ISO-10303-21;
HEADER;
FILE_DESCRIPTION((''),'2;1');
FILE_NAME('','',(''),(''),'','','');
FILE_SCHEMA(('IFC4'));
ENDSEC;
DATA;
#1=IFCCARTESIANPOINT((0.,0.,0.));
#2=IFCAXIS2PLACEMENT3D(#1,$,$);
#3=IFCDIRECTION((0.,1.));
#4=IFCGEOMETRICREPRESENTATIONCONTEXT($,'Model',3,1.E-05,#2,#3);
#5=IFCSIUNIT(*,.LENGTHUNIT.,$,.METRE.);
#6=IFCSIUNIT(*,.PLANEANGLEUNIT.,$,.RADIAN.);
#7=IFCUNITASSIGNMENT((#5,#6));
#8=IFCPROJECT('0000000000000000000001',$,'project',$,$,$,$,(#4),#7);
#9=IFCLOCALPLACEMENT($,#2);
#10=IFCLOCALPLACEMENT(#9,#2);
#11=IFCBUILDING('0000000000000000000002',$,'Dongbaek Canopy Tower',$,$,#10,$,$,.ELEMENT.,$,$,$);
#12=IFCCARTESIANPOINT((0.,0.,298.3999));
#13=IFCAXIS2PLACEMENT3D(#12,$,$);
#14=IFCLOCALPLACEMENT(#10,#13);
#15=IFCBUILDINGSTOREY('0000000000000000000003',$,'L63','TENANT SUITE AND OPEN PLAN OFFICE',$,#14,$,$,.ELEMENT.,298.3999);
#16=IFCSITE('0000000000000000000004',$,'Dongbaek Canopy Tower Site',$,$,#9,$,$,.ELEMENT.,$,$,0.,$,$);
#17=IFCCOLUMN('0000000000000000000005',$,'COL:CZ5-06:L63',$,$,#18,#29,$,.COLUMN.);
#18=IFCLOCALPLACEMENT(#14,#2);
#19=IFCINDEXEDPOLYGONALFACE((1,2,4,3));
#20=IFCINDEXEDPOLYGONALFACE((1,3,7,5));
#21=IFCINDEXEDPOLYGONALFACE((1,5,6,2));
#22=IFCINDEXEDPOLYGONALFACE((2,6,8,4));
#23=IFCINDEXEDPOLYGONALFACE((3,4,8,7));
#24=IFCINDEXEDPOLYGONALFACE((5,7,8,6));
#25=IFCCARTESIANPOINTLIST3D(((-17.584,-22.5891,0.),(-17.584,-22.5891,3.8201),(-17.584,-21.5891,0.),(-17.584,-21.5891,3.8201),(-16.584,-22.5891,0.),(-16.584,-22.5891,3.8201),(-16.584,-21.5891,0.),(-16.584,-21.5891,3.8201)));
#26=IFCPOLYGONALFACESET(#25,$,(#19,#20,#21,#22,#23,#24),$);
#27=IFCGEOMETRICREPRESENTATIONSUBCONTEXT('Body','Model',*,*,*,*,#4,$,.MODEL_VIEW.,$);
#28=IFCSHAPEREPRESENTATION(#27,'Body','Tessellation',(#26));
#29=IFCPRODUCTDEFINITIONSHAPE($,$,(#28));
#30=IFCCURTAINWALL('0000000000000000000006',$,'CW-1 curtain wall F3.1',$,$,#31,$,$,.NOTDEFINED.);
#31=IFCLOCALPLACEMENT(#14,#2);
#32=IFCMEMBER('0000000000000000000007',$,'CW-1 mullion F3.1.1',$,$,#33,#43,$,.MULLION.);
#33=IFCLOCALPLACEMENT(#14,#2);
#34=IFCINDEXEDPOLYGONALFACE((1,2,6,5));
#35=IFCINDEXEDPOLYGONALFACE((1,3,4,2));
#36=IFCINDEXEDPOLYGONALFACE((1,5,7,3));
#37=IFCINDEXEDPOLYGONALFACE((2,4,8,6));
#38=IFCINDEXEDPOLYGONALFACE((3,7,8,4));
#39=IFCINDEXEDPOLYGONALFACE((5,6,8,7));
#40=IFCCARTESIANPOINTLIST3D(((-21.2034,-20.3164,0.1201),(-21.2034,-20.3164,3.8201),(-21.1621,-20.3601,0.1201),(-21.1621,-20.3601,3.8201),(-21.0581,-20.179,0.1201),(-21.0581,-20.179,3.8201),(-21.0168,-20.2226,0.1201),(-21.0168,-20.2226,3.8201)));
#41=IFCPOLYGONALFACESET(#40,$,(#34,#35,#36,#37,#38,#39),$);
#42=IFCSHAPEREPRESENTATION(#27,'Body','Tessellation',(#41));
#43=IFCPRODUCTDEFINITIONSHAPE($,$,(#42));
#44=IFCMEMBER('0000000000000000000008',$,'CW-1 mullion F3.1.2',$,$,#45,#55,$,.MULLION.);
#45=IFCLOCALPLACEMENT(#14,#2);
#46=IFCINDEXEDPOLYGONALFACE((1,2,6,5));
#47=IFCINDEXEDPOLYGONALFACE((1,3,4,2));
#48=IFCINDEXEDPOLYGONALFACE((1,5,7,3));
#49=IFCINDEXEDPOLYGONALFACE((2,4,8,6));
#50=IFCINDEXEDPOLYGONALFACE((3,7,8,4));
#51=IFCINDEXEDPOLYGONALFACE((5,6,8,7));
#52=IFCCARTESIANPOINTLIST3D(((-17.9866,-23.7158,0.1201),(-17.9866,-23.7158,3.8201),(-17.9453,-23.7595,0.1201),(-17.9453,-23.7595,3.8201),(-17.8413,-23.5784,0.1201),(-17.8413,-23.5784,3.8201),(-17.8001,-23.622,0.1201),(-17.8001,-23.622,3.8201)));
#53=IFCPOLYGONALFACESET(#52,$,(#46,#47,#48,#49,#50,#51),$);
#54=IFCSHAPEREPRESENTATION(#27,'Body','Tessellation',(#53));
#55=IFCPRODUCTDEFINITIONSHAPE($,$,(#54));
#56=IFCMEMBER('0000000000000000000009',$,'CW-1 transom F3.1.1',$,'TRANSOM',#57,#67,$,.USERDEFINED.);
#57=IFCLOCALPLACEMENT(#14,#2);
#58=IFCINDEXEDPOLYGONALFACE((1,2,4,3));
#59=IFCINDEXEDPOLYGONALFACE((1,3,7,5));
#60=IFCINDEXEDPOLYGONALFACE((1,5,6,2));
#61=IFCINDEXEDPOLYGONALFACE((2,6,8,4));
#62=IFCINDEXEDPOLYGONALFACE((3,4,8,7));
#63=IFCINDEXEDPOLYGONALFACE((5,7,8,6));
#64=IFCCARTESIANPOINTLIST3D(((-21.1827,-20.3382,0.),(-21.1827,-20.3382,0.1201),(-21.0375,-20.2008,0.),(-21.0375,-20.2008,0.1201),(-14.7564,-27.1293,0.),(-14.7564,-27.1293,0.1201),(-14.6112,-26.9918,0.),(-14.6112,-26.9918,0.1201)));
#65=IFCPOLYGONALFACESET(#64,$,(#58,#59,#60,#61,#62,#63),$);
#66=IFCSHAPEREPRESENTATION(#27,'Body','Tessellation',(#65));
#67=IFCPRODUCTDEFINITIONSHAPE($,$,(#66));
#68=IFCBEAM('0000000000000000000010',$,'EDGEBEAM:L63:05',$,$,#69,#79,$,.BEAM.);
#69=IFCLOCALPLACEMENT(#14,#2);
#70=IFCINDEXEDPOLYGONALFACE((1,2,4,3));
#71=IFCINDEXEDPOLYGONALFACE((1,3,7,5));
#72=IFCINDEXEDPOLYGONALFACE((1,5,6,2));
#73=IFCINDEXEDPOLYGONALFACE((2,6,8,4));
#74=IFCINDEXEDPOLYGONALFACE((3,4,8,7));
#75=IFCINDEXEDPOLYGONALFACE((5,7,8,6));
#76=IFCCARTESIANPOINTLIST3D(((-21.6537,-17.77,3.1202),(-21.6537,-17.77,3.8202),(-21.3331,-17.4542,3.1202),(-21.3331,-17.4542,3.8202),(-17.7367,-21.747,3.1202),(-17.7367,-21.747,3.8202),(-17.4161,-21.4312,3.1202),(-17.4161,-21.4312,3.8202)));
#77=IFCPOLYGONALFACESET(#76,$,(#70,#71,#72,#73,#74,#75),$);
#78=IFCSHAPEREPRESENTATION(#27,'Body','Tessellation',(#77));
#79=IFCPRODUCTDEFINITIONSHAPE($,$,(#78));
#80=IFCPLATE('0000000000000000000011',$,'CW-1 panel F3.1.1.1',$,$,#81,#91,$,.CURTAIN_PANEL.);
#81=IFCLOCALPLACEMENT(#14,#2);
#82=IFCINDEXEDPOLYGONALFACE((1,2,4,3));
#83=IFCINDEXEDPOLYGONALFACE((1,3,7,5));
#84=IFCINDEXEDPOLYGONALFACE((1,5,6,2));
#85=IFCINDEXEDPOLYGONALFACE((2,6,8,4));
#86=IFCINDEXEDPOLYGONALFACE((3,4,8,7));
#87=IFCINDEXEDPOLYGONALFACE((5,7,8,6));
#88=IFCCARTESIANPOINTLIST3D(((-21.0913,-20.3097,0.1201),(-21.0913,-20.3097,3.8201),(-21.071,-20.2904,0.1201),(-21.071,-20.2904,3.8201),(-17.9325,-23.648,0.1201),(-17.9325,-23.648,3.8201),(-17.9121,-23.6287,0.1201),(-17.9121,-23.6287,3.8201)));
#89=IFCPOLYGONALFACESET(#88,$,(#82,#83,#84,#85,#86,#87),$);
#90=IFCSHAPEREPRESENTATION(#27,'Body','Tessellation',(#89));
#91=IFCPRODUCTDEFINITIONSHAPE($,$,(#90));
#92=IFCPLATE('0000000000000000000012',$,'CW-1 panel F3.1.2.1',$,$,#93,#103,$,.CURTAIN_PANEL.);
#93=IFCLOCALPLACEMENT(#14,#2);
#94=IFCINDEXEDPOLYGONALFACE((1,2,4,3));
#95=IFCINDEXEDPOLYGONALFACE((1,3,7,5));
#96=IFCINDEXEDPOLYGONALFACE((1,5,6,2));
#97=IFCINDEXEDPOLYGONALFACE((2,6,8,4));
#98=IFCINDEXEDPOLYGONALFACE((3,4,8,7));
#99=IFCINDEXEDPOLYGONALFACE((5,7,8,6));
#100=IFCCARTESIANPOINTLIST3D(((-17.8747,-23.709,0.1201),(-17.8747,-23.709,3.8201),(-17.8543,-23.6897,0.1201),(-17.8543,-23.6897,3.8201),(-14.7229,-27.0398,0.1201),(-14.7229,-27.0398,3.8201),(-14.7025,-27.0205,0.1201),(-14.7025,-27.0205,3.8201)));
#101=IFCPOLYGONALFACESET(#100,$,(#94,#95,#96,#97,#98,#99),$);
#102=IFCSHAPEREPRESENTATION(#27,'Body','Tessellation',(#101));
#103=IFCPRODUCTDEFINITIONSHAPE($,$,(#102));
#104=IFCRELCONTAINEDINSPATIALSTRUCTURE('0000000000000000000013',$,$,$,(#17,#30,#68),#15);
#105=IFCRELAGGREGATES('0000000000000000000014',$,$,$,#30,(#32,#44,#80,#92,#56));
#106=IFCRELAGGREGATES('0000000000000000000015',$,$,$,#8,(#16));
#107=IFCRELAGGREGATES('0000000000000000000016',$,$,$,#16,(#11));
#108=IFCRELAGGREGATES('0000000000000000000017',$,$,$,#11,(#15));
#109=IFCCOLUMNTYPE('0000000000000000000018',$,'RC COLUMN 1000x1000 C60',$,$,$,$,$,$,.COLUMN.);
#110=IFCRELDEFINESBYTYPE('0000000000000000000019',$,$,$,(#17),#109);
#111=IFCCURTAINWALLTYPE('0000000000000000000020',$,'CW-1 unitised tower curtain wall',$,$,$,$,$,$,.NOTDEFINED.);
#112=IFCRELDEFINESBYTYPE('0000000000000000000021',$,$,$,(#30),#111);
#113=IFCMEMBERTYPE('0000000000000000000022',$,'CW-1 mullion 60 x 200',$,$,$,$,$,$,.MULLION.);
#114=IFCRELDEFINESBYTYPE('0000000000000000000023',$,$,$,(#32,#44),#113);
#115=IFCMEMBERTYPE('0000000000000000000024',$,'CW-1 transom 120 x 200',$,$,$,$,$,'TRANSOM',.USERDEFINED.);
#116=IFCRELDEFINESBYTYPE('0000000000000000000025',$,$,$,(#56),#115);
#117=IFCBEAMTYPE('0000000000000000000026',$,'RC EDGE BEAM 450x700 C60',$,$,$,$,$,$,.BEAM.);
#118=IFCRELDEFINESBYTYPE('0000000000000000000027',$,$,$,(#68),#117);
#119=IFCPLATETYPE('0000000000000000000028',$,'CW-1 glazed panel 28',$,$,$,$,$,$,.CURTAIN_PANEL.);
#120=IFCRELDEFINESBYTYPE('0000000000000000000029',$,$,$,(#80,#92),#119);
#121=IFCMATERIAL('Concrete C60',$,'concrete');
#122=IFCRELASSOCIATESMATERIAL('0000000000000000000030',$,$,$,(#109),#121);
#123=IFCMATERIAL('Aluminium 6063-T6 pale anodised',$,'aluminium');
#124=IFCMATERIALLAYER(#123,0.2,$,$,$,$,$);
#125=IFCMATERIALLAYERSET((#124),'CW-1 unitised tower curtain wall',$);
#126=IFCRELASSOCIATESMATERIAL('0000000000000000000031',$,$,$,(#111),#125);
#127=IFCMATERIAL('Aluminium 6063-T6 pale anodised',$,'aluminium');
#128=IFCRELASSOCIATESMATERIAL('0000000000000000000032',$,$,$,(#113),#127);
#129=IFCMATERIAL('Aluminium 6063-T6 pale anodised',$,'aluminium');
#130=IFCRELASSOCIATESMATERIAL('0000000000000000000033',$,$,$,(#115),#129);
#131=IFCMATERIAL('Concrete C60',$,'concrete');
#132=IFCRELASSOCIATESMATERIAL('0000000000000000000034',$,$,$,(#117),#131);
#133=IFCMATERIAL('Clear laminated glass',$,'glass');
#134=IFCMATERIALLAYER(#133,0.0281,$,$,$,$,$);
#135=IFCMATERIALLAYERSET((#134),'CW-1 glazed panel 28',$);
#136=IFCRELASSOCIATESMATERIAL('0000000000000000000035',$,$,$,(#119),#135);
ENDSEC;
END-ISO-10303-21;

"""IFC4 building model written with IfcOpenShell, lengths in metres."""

from ifc_helpers import new_model, si_unit, direction, frame, origin, origin_2d, place, context, subcontext, project, spatial, rectangle, extrude, material, layer, layer_set, material_profile, profile_set, type_object, element, aggregate, save


model = new_model("IFC4")

# Units and contexts
model_context = context("Model", 3, precision=1e-05, world=origin(), true_north=direction((0.0, 1.0)))
body_context = subcontext(model_context, "Body", "Model", "MODEL_VIEW")
ifc_project = project(units=[si_unit("LENGTHUNIT", "METRE"), si_unit("PLANEANGLEUNIT", "RADIAN")], contexts=[model_context])

# Site, building, storey
site_placement = place(None, origin())
site = spatial("IfcSite", under=ifc_project, at=site_placement, Name="Dongbaek Canopy Tower Site", CompositionType="ELEMENT", RefElevation=0.0)
building_placement = place(site_placement, origin())
building = spatial("IfcBuilding", under=site, at=building_placement, Name="Dongbaek Canopy Tower", CompositionType="ELEMENT")
storey_placement = place(building_placement, frame((0.0, 0.0, 298.3999)))
storey = spatial("IfcBuildingStorey", under=building, at=storey_placement, Name="L63", Description="TENANT SUITE AND OPEN PLAN OFFICE", CompositionType="ELEMENT", Elevation=298.3999)

# Column
ifc_material_1 = material(Name="Concrete C60", Category="concrete")
ifc_material_profile_1 = material_profile(ifc_material_1, rectangle(XDim=1.0, YDim=1.0, at=origin_2d()), Name="RC COLUMN 1000x1000 C60")
ifc_profile_set_1 = profile_set([ifc_material_profile_1], Name="Concrete C60")
column_type = type_object("IfcColumnType", Name="RC COLUMN 1000x1000 C60", PredefinedType="COLUMN", material=ifc_profile_set_1)
column_placement = place(storey_placement, frame((-17.084, -22.0891, 0.0), z_axis=(0.0, 0.0, 1.0), x_axis=(1.0, 0.0, 0.0)))
element("IfcColumn", 1, at=column_placement, inside=storey, type_object=column_type, Name="COL:CZ5-06:L63", PredefinedType="COLUMN", context=body_context, shape_type="SweptSolid", body=[
    extrude(rectangle(XDim=1.0, YDim=1.0, at=origin_2d()), origin(), (0.0, 0.0, 1.0), 3.8201),
])

# Curtain wall, members
ifc_material_2 = material(Name="Aluminium 6063-T6 pale anodised", Category="aluminium")
ifc_layer_1 = layer(ifc_material_2, 0.2)
ifc_layer_set_1 = layer_set([ifc_layer_1], Name="CW-1 unitised tower curtain wall")
curtain_wall_type = type_object("IfcCurtainWallType", Name="CW-1 unitised tower curtain wall", PredefinedType="NOTDEFINED", material=ifc_layer_set_1)
curtain_wall_placement = place(storey_placement, origin())
curtain_wall = element("IfcCurtainWall", 2, at=curtain_wall_placement, inside=storey, type_object=curtain_wall_type, Name="CW-1 curtain wall F3.1", PredefinedType="NOTDEFINED")
ifc_material_3 = material(Name="Aluminium 6063-T6 pale anodised", Category="aluminium")
ifc_material_profile_2 = material_profile(ifc_material_3, rectangle(XDim=0.2, YDim=0.0601, at=origin_2d()), Name="CW-1 mullion 60 x 200")
ifc_profile_set_2 = profile_set([ifc_material_profile_2], Name="Aluminium 6063-T6 pale anodised")
member_type_1 = type_object("IfcMemberType", Name="CW-1 mullion 60 x 200", PredefinedType="MULLION", material=ifc_profile_set_2)
member_1_placement = place(storey_placement, frame((-21.1101, -20.2695, 0.1201), z_axis=(0.0, 0.0, 1.0), x_axis=(-0.726355, -0.68732, 0.0)))
member_1 = element("IfcMember", 3, at=member_1_placement, type_object=member_type_1, Name="CW-1 mullion F3.1.1", PredefinedType="MULLION", context=body_context, shape_type="SweptSolid", body=[
    extrude(rectangle(XDim=0.2, YDim=0.0601, at=origin_2d()), origin(), (0.0, 0.0, 1.0), 3.7),
])
member_2_placement = place(storey_placement, frame((-17.8933, -23.6689, 0.1201), z_axis=(0.0, 0.0, 1.0), x_axis=(-0.726355, -0.68732, 0.0)))
member_2 = element("IfcMember", 4, at=member_2_placement, type_object=member_type_1, Name="CW-1 mullion F3.1.2", PredefinedType="MULLION", context=body_context, shape_type="SweptSolid", body=[
    extrude(rectangle(XDim=0.2, YDim=0.0601, at=origin_2d()), origin(), (0.0, 0.0, 1.0), 3.7),
])
ifc_material_4 = material(Name="Aluminium 6063-T6 pale anodised", Category="aluminium")
ifc_material_profile_3 = material_profile(ifc_material_4, rectangle(XDim=0.2, YDim=0.1201, at=origin_2d()), Name="CW-1 transom 120 x 200")
ifc_profile_set_3 = profile_set([ifc_material_profile_3], Name="Aluminium 6063-T6 pale anodised")
member_type_2 = type_object("IfcMemberType", Name="CW-1 transom 120 x 200", ElementType="TRANSOM", PredefinedType="USERDEFINED", material=ifc_profile_set_3)
member_3_placement = place(storey_placement, frame((-21.1101, -20.2695, 0.0601), z_axis=(0.687332, -0.726344, 0.0), x_axis=(0.726344, 0.687332, 0.0)))
member_3 = element("IfcMember", 5, at=member_3_placement, type_object=member_type_2, Name="CW-1 transom F3.1.1", ObjectType="TRANSOM", PredefinedType="USERDEFINED", context=body_context, shape_type="SweptSolid", body=[
    extrude(rectangle(XDim=0.2, YDim=0.1201, at=origin_2d()), origin(), (0.0, 0.0, 1.0), 9.3496),
])

# Beam
ifc_material_5 = material(Name="Concrete C60", Category="concrete")
ifc_material_profile_4 = material_profile(ifc_material_5, rectangle(XDim=0.45, YDim=0.7, at=origin_2d()), Name="RC EDGE BEAM 450x700 C60")
ifc_profile_set_4 = profile_set([ifc_material_profile_4], Name="Concrete C60")
beam_type = type_object("IfcBeamType", Name="RC EDGE BEAM 450x700 C60", PredefinedType="BEAM", material=ifc_profile_set_4)
beam_placement = place(storey_placement, frame((-17.5764, -21.5891, 3.4702), z_axis=(-0.701707, 0.712466, 0.0), x_axis=(-0.712466, -0.701707, 0.0)))
element("IfcBeam", 6, at=beam_placement, inside=storey, type_object=beam_type, Name="EDGEBEAM:L63:05", PredefinedType="BEAM", context=body_context, shape_type="SweptSolid", body=[
    extrude(rectangle(XDim=0.45, YDim=0.7, at=origin_2d()), origin(), (0.0, 0.0, 1.0), 5.582),
])

# Plates
ifc_material_6 = material(Name="Clear laminated glass", Category="glass")
ifc_layer_2 = layer(ifc_material_6, 0.0281)
ifc_layer_set_2 = layer_set([ifc_layer_2], Name="CW-1 glazed panel 28")
plate_type = type_object("IfcPlateType", Name="CW-1 glazed panel 28", PredefinedType="CURTAIN_PANEL", material=ifc_layer_set_2)
plate_1_placement = place(storey_placement, frame((-19.5017, -21.9692, 0.1201), z_axis=(0.0, 0.0, 1.0), x_axis=(0.68732, -0.726355, 0.0)))
plate_1 = element("IfcPlate", 7, at=plate_1_placement, type_object=plate_type, Name="CW-1 panel F3.1.1.1", PredefinedType="CURTAIN_PANEL", context=body_context, shape_type="SweptSolid", body=[
    extrude(rectangle(XDim=4.5959, YDim=0.0281, at=origin_2d()), origin(), (0.0, 0.0, 1.0), 3.7),
])
plate_2_placement = place(storey_placement, frame((-16.2886, -25.3647, 0.1201), z_axis=(0.0, 0.0, 1.0), x_axis=(0.68732, -0.726355, 0.0)))
plate_2 = element("IfcPlate", 8, at=plate_2_placement, type_object=plate_type, Name="CW-1 panel F3.1.2.1", PredefinedType="CURTAIN_PANEL", context=body_context, shape_type="SweptSolid", body=[
    extrude(rectangle(XDim=4.5857, YDim=0.0281, at=origin_2d()), origin(), (0.0, 0.0, 1.0), 3.7),
])

aggregate(curtain_wall, [member_1, member_2, plate_1, plate_2, member_3])

save(model, "model.ifc")
